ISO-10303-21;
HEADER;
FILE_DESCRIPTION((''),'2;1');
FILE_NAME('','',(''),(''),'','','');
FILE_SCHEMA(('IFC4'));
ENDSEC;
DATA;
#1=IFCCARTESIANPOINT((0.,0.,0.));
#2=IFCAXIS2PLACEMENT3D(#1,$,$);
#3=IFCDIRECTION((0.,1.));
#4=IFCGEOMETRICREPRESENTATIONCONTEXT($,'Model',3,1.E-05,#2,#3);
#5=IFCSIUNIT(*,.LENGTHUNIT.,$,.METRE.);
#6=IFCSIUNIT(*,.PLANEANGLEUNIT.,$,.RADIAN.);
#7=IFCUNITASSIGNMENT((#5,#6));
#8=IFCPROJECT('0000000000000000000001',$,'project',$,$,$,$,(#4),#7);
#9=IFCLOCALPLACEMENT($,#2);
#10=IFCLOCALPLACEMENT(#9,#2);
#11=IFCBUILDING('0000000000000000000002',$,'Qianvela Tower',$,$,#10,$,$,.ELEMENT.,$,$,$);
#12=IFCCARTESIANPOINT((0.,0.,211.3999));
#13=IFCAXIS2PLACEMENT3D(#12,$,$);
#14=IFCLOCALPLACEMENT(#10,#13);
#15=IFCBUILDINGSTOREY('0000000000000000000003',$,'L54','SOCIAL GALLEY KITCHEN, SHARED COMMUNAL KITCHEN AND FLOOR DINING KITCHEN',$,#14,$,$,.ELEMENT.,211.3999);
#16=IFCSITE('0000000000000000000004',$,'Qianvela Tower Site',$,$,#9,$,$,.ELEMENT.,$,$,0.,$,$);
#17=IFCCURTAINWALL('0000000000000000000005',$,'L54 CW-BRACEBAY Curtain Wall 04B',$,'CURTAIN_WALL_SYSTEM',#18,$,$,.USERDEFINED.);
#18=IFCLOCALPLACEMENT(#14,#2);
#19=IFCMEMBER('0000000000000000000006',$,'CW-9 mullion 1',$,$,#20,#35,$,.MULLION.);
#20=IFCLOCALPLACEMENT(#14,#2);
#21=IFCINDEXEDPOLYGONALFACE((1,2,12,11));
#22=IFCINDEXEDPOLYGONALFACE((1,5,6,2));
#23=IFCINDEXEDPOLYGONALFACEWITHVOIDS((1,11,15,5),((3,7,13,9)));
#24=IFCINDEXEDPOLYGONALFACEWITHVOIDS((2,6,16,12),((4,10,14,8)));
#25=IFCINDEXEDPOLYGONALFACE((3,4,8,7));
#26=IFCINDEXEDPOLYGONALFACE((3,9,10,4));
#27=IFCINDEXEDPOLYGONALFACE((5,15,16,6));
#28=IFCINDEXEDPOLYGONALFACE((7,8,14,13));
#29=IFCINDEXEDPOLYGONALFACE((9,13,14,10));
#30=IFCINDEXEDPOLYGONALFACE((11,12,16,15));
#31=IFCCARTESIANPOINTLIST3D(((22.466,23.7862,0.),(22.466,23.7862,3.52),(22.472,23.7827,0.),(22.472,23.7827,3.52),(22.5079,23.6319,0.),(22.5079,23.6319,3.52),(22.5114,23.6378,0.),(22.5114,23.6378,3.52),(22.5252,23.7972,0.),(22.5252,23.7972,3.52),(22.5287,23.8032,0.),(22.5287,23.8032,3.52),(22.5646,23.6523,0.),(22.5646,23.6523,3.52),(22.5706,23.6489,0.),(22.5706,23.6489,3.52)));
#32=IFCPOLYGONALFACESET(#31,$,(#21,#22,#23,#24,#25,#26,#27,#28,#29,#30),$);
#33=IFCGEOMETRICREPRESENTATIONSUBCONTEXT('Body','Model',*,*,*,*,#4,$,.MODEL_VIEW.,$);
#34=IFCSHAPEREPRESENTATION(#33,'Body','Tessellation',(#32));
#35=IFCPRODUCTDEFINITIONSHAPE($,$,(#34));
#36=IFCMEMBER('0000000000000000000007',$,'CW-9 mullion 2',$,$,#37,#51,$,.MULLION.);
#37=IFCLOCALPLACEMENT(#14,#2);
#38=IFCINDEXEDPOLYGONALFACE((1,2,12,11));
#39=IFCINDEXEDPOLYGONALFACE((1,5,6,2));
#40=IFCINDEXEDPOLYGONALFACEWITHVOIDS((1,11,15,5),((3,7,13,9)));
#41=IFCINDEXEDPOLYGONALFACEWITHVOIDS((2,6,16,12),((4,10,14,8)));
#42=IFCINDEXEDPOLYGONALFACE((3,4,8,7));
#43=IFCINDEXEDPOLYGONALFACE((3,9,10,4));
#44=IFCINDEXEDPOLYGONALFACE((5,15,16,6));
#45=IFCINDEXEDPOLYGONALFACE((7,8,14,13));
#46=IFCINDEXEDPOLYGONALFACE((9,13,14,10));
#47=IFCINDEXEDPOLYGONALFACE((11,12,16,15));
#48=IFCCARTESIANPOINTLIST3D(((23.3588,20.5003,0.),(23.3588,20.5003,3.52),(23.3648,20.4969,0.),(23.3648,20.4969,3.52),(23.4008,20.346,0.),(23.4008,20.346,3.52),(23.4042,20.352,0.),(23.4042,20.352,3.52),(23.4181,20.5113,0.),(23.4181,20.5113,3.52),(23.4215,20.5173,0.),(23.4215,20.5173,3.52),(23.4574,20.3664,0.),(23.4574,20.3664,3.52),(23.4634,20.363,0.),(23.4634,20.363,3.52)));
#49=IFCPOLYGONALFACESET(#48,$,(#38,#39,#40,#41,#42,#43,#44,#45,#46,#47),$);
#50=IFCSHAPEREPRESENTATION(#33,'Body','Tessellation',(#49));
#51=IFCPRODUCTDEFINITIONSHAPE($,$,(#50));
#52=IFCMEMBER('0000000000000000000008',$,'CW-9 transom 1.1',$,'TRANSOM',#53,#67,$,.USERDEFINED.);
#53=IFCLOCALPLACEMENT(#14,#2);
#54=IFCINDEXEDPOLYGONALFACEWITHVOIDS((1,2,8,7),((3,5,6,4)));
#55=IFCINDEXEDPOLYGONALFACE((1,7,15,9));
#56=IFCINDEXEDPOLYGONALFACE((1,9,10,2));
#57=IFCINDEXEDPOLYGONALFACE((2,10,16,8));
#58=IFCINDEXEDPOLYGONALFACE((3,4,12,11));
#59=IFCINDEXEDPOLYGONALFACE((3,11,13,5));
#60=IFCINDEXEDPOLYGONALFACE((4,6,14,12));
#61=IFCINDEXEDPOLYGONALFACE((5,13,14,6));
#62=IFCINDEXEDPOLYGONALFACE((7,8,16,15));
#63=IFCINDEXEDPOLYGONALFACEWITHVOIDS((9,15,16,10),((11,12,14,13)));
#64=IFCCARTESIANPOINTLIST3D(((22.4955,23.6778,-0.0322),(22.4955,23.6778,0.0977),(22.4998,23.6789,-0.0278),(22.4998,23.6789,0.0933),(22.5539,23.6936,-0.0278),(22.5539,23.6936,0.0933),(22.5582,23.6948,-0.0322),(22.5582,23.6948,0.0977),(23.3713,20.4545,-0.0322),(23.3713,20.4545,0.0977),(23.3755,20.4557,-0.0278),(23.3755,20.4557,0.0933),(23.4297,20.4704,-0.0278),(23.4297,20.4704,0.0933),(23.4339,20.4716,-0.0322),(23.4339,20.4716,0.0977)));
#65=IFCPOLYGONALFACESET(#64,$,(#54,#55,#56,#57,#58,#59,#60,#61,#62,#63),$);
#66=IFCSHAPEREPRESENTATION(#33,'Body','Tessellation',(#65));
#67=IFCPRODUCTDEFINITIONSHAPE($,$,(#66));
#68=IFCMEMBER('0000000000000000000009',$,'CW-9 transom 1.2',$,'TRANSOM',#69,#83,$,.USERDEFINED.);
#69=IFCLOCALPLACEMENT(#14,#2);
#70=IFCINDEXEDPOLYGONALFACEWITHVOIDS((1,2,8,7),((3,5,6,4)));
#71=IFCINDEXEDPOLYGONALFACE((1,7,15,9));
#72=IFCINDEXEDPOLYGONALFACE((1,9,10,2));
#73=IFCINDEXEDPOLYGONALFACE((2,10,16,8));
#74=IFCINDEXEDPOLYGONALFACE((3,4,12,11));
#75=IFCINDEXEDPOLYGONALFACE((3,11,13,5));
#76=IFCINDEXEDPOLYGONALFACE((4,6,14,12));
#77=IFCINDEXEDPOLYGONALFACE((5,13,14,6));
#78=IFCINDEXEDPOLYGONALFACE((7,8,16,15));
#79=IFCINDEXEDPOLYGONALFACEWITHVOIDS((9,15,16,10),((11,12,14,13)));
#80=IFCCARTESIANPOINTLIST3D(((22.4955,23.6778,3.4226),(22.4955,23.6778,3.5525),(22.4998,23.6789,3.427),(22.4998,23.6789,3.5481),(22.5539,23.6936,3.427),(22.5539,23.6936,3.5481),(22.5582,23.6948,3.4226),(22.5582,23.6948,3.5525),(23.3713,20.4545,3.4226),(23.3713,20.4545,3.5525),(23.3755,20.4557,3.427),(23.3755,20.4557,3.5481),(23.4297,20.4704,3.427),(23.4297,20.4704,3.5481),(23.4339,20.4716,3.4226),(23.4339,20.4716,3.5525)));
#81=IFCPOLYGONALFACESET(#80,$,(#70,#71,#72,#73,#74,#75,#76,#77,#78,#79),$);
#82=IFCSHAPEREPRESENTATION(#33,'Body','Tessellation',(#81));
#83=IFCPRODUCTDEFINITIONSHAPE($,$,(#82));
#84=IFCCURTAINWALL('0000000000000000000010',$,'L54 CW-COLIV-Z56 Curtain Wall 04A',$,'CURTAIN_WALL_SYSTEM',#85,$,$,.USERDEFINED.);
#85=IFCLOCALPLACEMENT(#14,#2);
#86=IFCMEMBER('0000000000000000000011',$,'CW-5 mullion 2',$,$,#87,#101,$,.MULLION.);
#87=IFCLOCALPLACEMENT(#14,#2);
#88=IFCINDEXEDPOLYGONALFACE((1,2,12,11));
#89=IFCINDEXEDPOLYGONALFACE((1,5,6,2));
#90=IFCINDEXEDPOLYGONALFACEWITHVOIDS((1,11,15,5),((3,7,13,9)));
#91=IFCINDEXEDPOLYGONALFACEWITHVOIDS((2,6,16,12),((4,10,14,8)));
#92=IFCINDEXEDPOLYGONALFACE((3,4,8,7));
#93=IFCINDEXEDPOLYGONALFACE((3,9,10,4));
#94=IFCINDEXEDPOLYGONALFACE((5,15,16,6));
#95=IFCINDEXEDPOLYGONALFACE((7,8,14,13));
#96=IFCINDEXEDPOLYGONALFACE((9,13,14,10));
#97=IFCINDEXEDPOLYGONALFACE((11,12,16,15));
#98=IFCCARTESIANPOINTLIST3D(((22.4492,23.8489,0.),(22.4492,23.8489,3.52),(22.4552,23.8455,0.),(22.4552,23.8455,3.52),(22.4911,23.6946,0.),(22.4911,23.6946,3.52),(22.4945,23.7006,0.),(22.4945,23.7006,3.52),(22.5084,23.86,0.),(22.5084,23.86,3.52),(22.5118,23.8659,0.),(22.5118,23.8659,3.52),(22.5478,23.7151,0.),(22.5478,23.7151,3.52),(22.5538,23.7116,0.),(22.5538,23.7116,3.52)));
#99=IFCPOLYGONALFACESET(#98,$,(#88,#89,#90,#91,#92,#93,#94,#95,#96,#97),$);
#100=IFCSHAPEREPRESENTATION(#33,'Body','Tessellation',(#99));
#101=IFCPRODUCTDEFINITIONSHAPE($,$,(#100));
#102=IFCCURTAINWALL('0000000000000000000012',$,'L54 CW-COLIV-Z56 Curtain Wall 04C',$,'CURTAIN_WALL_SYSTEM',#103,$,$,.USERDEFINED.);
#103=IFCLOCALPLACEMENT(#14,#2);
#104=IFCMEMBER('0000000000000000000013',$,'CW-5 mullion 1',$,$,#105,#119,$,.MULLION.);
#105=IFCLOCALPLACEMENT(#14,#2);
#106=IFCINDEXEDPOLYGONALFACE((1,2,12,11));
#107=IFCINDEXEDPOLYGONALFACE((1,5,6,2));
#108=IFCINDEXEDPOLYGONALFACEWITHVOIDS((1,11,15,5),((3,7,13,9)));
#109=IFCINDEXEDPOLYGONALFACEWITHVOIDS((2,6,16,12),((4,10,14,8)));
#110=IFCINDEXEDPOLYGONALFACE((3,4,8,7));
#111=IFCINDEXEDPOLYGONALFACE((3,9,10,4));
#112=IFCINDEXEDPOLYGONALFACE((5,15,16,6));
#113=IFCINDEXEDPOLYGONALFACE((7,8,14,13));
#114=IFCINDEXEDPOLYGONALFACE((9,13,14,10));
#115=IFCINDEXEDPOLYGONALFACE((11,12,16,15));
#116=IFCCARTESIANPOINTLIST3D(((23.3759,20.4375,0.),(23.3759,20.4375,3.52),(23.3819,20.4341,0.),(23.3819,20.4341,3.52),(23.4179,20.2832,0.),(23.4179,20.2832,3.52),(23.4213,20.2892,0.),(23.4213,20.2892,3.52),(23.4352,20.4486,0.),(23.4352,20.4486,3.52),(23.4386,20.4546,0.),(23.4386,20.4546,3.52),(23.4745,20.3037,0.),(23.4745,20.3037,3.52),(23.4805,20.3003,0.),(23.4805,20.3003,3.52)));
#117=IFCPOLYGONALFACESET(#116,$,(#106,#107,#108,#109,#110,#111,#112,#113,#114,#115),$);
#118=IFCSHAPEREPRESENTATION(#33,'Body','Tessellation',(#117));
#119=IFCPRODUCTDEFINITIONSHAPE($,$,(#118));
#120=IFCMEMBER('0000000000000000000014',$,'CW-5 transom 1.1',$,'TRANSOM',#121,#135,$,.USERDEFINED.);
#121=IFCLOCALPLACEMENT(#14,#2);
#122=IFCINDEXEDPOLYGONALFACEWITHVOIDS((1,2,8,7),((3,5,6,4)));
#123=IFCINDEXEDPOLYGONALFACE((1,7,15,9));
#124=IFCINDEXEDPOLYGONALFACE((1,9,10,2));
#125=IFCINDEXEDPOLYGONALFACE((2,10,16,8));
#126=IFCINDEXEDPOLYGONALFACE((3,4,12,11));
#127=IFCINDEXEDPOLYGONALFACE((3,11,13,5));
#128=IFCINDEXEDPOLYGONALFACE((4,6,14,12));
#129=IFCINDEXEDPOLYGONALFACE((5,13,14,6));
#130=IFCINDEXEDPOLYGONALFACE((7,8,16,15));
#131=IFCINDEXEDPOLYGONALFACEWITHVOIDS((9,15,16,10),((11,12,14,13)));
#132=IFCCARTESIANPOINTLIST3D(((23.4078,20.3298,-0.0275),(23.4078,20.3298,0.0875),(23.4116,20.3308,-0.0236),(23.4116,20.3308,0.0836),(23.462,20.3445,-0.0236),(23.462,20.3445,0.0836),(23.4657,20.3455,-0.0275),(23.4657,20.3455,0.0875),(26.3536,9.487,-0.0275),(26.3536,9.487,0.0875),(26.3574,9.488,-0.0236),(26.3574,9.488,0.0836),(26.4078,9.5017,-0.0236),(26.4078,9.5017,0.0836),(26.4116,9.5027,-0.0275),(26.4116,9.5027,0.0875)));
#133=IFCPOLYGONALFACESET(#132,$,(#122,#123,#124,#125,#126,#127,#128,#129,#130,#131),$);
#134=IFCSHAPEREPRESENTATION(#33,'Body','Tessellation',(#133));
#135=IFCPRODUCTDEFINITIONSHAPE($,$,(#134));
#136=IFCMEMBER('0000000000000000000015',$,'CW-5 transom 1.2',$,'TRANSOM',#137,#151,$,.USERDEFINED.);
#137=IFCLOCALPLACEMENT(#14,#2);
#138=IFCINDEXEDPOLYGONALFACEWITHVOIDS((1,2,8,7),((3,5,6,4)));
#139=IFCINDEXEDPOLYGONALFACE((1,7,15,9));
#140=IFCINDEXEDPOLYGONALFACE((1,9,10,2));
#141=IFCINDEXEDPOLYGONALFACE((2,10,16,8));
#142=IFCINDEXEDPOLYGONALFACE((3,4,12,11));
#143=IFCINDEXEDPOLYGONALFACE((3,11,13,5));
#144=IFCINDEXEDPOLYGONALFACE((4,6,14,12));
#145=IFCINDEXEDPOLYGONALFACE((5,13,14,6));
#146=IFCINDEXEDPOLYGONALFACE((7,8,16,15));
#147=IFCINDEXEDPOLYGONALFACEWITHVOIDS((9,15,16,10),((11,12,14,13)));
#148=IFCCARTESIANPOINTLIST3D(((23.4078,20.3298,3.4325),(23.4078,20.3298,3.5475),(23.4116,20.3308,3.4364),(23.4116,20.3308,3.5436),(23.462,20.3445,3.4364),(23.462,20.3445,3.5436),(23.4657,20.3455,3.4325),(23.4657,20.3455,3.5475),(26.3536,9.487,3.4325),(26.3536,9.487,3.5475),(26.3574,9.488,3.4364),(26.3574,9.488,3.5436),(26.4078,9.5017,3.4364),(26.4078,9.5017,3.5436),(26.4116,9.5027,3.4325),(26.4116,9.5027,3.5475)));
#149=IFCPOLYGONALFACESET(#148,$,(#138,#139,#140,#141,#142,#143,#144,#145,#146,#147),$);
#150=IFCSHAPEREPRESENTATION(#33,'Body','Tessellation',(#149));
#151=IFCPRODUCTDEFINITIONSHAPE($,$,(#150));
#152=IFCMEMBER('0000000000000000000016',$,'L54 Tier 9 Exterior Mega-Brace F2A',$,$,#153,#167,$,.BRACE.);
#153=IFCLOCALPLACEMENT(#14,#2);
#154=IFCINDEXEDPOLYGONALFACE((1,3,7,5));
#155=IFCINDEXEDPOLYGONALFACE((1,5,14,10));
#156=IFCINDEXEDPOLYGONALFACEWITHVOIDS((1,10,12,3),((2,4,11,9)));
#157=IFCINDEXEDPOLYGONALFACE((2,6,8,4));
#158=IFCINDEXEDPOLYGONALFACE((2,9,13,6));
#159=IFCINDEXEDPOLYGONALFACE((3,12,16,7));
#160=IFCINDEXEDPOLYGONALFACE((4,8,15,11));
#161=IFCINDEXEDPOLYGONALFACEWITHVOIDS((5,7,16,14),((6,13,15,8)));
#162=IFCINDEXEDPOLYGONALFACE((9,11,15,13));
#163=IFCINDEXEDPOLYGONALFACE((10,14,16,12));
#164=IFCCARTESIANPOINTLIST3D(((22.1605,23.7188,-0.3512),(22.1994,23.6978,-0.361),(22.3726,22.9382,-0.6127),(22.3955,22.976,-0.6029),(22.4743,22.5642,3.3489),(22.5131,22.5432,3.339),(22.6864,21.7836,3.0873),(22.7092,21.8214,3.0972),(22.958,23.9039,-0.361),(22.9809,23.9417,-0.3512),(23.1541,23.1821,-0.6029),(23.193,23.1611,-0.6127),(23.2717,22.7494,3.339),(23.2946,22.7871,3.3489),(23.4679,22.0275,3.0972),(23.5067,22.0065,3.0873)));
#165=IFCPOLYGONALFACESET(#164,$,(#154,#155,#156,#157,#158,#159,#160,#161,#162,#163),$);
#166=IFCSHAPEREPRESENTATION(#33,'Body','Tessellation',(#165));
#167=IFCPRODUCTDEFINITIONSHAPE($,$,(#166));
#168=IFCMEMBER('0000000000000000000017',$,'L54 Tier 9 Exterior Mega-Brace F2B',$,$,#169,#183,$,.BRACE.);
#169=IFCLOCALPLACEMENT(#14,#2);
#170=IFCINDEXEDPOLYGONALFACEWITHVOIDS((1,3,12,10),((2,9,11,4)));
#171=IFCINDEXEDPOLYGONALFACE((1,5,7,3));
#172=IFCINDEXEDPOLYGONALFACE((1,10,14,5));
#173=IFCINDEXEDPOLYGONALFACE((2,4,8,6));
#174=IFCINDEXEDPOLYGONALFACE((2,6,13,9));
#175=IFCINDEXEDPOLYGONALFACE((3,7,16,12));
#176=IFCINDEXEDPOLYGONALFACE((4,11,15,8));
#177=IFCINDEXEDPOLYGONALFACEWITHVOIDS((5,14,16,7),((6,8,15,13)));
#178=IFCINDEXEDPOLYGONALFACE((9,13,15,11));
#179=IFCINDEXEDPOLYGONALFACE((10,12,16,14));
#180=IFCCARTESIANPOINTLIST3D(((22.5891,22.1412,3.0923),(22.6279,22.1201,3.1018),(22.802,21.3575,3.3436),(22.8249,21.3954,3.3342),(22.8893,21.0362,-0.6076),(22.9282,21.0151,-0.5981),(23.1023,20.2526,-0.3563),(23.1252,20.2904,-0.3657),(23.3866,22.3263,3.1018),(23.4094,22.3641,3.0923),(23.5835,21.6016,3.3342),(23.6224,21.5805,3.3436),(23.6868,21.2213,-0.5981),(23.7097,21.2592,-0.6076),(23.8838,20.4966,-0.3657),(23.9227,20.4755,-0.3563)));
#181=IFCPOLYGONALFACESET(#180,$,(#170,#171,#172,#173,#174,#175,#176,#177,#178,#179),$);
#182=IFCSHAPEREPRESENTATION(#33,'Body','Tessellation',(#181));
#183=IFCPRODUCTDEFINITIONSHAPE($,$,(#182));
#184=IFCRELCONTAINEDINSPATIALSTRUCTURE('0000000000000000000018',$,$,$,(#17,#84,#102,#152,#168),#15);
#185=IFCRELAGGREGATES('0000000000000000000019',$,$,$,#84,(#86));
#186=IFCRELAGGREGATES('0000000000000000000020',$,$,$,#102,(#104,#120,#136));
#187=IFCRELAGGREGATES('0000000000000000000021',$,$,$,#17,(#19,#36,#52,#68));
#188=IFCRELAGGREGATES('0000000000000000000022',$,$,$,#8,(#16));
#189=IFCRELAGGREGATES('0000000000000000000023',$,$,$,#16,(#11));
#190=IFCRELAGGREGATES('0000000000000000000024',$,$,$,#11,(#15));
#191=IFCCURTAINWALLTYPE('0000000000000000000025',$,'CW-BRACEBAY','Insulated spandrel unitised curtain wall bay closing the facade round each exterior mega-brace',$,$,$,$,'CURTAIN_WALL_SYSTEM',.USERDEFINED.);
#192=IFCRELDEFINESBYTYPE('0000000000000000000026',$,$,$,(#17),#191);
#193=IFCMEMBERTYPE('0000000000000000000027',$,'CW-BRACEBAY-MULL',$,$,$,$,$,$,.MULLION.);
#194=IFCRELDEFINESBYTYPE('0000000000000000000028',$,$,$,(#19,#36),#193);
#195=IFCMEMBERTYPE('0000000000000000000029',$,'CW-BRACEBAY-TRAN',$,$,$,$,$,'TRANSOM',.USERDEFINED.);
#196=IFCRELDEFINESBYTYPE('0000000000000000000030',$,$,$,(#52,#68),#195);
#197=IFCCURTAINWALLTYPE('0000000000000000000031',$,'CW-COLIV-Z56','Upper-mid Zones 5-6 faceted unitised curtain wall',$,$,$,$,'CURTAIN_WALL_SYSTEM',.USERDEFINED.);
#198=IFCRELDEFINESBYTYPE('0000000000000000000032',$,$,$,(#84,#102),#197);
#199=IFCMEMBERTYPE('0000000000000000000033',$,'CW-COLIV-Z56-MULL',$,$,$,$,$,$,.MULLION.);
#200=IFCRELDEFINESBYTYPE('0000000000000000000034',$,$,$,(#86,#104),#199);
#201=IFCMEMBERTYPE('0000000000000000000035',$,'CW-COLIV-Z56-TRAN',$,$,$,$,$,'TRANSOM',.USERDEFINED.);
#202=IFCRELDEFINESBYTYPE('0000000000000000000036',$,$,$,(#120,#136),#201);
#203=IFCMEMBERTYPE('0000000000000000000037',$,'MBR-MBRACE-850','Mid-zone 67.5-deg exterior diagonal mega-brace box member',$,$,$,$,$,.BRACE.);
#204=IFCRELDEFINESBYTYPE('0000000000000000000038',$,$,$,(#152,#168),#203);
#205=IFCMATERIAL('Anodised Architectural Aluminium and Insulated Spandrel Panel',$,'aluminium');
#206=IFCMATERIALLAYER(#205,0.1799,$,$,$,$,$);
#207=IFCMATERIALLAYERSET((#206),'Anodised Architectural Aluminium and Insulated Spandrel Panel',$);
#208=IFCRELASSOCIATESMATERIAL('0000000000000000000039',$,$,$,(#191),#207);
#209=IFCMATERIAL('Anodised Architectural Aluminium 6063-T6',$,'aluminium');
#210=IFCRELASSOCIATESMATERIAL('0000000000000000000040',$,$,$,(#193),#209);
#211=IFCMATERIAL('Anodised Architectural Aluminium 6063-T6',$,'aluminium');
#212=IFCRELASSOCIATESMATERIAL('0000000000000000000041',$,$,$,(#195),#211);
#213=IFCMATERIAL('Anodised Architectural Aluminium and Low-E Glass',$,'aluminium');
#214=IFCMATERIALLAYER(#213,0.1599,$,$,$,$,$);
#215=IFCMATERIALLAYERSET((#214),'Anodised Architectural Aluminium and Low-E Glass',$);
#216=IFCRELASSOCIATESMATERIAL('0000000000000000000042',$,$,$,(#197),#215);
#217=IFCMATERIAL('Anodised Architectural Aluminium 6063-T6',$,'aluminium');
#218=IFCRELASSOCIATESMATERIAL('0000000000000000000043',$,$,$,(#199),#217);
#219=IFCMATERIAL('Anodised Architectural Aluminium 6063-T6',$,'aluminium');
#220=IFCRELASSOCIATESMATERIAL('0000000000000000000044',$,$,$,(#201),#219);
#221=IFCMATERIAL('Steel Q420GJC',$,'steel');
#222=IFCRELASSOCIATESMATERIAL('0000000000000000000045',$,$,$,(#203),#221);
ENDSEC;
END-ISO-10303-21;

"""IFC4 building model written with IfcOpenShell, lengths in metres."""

from ifc_helpers import new_model, si_unit, direction, frame, origin, origin_2d, place, context, subcontext, project, spatial, hollow_rectangle, extrude, material, layer, layer_set, material_profile, profile_set, type_object, element, aggregate, save


model = new_model("IFC4")

# Units and contexts
model_context = context("Model", 3, precision=1e-05, world=origin(), true_north=direction((0.0, 1.0)))
body_context = subcontext(model_context, "Body", "Model", "MODEL_VIEW")
ifc_project = project(units=[si_unit("LENGTHUNIT", "METRE"), si_unit("PLANEANGLEUNIT", "RADIAN")], contexts=[model_context])

# Site, building, storey
site_placement = place(None, origin())
site = spatial("IfcSite", under=ifc_project, at=site_placement, Name="Qianvela Tower Site", CompositionType="ELEMENT", RefElevation=0.0)
building_placement = place(site_placement, origin())
building = spatial("IfcBuilding", under=site, at=building_placement, Name="Qianvela Tower", CompositionType="ELEMENT")
storey_placement = place(building_placement, frame((0.0, 0.0, 211.3999)))
storey = spatial("IfcBuildingStorey", under=building, at=storey_placement, Name="L54", Description="SOCIAL GALLEY KITCHEN, SHARED COMMUNAL KITCHEN AND FLOOR DINING KITCHEN", CompositionType="ELEMENT", Elevation=211.3999)

# Curtain wall, members
ifc_material_1 = material(Name="Anodised Architectural Aluminium and Insulated Spandrel Panel", Category="aluminium")
ifc_layer_1 = layer(ifc_material_1, 0.1799)
ifc_layer_set_1 = layer_set([ifc_layer_1], Name="Anodised Architectural Aluminium and Insulated Spandrel Panel")
curtain_wall_type_1 = type_object("IfcCurtainWallType", Name="CW-BRACEBAY", Description="Insulated spandrel unitised curtain wall bay closing the facade round each exterior mega-brace", ElementType="CURTAIN_WALL_SYSTEM", PredefinedType="USERDEFINED", material=ifc_layer_set_1)
curtain_wall_1_placement = place(storey_placement, origin())
curtain_wall_1 = element("IfcCurtainWall", 1, at=curtain_wall_1_placement, inside=storey, type_object=curtain_wall_type_1, Name="L54 CW-BRACEBAY Curtain Wall 04B", ObjectType="CURTAIN_WALL_SYSTEM", PredefinedType="USERDEFINED")
ifc_material_2 = material(Name="Anodised Architectural Aluminium 6063-T6", Category="aluminium")
ifc_material_profile_1 = material_profile(ifc_material_2, hollow_rectangle(XDim=0.0649, YDim=0.1599, WallThickness=0.0049, at=origin_2d()), Name="ALU-MULL-65x160")
ifc_profile_set_1 = profile_set([ifc_material_profile_1], Name="Anodised Architectural Aluminium 6063-T6")
member_type_1 = type_object("IfcMemberType", Name="CW-BRACEBAY-MULL", PredefinedType="MULLION", material=ifc_profile_set_1)
member_1_placement = place(storey_placement, frame((22.5183, 23.7175, 0.0), z_axis=(0.0, 0.0, 1.0), x_axis=(0.965016, 0.262191, 0.0)))
member_1 = element("IfcMember", 2, at=member_1_placement, type_object=member_type_1, Name="CW-9 mullion 1", PredefinedType="MULLION", context=body_context, shape_type="SweptSolid", body=[
    extrude(hollow_rectangle(XDim=0.0649, YDim=0.1599, WallThickness=0.0049, at=origin_2d()), origin(), (0.0, 0.0, 1.0), 3.52),
])
member_2_placement = place(storey_placement, frame((23.4111, 20.4316, 0.0), z_axis=(0.0, 0.0, 1.0), x_axis=(0.965016, 0.262191, 0.0)))
member_2 = element("IfcMember", 3, at=member_2_placement, type_object=member_type_1, Name="CW-9 mullion 2", PredefinedType="MULLION", context=body_context, shape_type="SweptSolid", body=[
    extrude(hollow_rectangle(XDim=0.0649, YDim=0.1599, WallThickness=0.0049, at=origin_2d()), origin(), (0.0, 0.0, 1.0), 3.52),
])
ifc_material_3 = material(Name="Anodised Architectural Aluminium 6063-T6", Category="aluminium")
ifc_material_profile_2 = material_profile(ifc_material_3, hollow_rectangle(XDim=0.0649, YDim=0.1299, WallThickness=0.0044, at=origin_2d()), Name="ALU-TRAN-65x130")
ifc_profile_set_2 = profile_set([ifc_material_profile_2], Name="Anodised Architectural Aluminium 6063-T6")
member_type_2 = type_object("IfcMemberType", Name="CW-BRACEBAY-TRAN", ElementType="TRANSOM", PredefinedType="USERDEFINED", material=ifc_profile_set_2)
member_3_placement = place(storey_placement, frame((22.5269, 23.6863, 0.0327), z_axis=(0.262196, -0.965015, 0.0), x_axis=(0.965015, 0.262196, 0.0)))
member_3 = element("IfcMember", 4, at=member_3_placement, type_object=member_type_2, Name="CW-9 transom 1.1", ObjectType="TRANSOM", PredefinedType="USERDEFINED", context=body_context, shape_type="SweptSolid", body=[
    extrude(hollow_rectangle(XDim=0.0649, YDim=0.1299, WallThickness=0.0044, at=origin_2d()), origin(), (0.0, 0.0, 1.0), 3.3401),
])
member_4_placement = place(storey_placement, frame((22.5269, 23.6863, 3.4875), z_axis=(0.262196, -0.965015, 0.0), x_axis=(0.965015, 0.262196, 0.0)))
member_4 = element("IfcMember", 5, at=member_4_placement, type_object=member_type_2, Name="CW-9 transom 1.2", ObjectType="TRANSOM", PredefinedType="USERDEFINED", context=body_context, shape_type="SweptSolid", body=[
    extrude(hollow_rectangle(XDim=0.0649, YDim=0.1299, WallThickness=0.0044, at=origin_2d()), origin(), (0.0, 0.0, 1.0), 3.3401),
])

# Curtain wall, member
ifc_material_4 = material(Name="Anodised Architectural Aluminium and Low-E Glass", Category="aluminium")
ifc_layer_2 = layer(ifc_material_4, 0.1599)
ifc_layer_set_2 = layer_set([ifc_layer_2], Name="Anodised Architectural Aluminium and Low-E Glass")
curtain_wall_type_2 = type_object("IfcCurtainWallType", Name="CW-COLIV-Z56", Description="Upper-mid Zones 5-6 faceted unitised curtain wall", ElementType="CURTAIN_WALL_SYSTEM", PredefinedType="USERDEFINED", material=ifc_layer_set_2)
curtain_wall_2_placement = place(storey_placement, origin())
curtain_wall_2 = element("IfcCurtainWall", 6, at=curtain_wall_2_placement, inside=storey, type_object=curtain_wall_type_2, Name="L54 CW-COLIV-Z56 Curtain Wall 04A", ObjectType="CURTAIN_WALL_SYSTEM", PredefinedType="USERDEFINED")
ifc_material_5 = material(Name="Anodised Architectural Aluminium 6063-T6", Category="aluminium")
ifc_material_profile_3 = material_profile(ifc_material_5, hollow_rectangle(XDim=0.0649, YDim=0.1599, WallThickness=0.0049, at=origin_2d()), Name="ALU-MULL-65x160")
ifc_profile_set_3 = profile_set([ifc_material_profile_3], Name="Anodised Architectural Aluminium 6063-T6")
member_type_3 = type_object("IfcMemberType", Name="CW-COLIV-Z56-MULL", PredefinedType="MULLION", material=ifc_profile_set_3)
member_5_placement = place(storey_placement, frame((22.5015, 23.7803, 0.0), z_axis=(0.0, 0.0, 1.0), x_axis=(0.965016, 0.262193, 0.0)))
member_5 = element("IfcMember", 7, at=member_5_placement, type_object=member_type_3, Name="CW-5 mullion 2", PredefinedType="MULLION", context=body_context, shape_type="SweptSolid", body=[
    extrude(hollow_rectangle(XDim=0.0649, YDim=0.1599, WallThickness=0.0049, at=origin_2d()), origin(), (0.0, 0.0, 1.0), 3.52),
])
aggregate(curtain_wall_2, [member_5])

# Curtain wall, members
curtain_wall_3_placement = place(storey_placement, origin())
curtain_wall_3 = element("IfcCurtainWall", 8, at=curtain_wall_3_placement, inside=storey, type_object=curtain_wall_type_2, Name="L54 CW-COLIV-Z56 Curtain Wall 04C", ObjectType="CURTAIN_WALL_SYSTEM", PredefinedType="USERDEFINED")
member_6_placement = place(storey_placement, frame((23.4282, 20.3689, 0.0), z_axis=(0.0, 0.0, 1.0), x_axis=(0.965016, 0.262192, 0.0)))
member_6 = element("IfcMember", 9, at=member_6_placement, type_object=member_type_3, Name="CW-5 mullion 1", PredefinedType="MULLION", context=body_context, shape_type="SweptSolid", body=[
    extrude(hollow_rectangle(XDim=0.0649, YDim=0.1599, WallThickness=0.0049, at=origin_2d()), origin(), (0.0, 0.0, 1.0), 3.52),
])
ifc_material_6 = material(Name="Anodised Architectural Aluminium 6063-T6", Category="aluminium")
ifc_material_profile_4 = material_profile(ifc_material_6, hollow_rectangle(XDim=0.0601, YDim=0.115, WallThickness=0.0039, at=origin_2d()), Name="ALU-TRAN-60x115")
ifc_profile_set_4 = profile_set([ifc_material_profile_4], Name="Anodised Architectural Aluminium 6063-T6")
member_type_4 = type_object("IfcMemberType", Name="CW-COLIV-Z56-TRAN", ElementType="TRANSOM", PredefinedType="USERDEFINED", material=ifc_profile_set_4)
member_7_placement = place(storey_placement, frame((23.4368, 20.3376, 0.03), z_axis=(0.26218, -0.965019, 0.0), x_axis=(0.965019, 0.26218, 0.0)))
member_7 = element("IfcMember", 10, at=member_7_placement, type_object=member_type_4, Name="CW-5 transom 1.1", ObjectType="TRANSOM", PredefinedType="USERDEFINED", context=body_context, shape_type="SweptSolid", body=[
    extrude(hollow_rectangle(XDim=0.0601, YDim=0.115, WallThickness=0.0039, at=origin_2d()), origin(), (0.0, 0.0, 1.0), 11.2358),
])
member_8_placement = place(storey_placement, frame((23.4368, 20.3376, 3.49), z_axis=(0.26218, -0.965019, 0.0), x_axis=(0.965019, 0.26218, 0.0)))
member_8 = element("IfcMember", 11, at=member_8_placement, type_object=member_type_4, Name="CW-5 transom 1.2", ObjectType="TRANSOM", PredefinedType="USERDEFINED", context=body_context, shape_type="SweptSolid", body=[
    extrude(hollow_rectangle(XDim=0.0601, YDim=0.115, WallThickness=0.0039, at=origin_2d()), origin(), (0.0, 0.0, 1.0), 11.2358),
])
aggregate(curtain_wall_3, [member_6, member_7, member_8])

# Members
ifc_material_7 = material(Name="Steel Q420GJC", Category="steel")
ifc_material_profile_5 = material_profile(ifc_material_7, hollow_rectangle(XDim=0.8501, YDim=0.8501, WallThickness=0.032, at=origin_2d()), Name="MBOX-850x850x32")
ifc_profile_set_5 = profile_set([ifc_material_profile_5], Name="Steel Q420GJC")
member_type_5 = type_object("IfcMemberType", Name="MBR-MBRACE-850", Description="Mid-zone 67.5-deg exterior diagonal mega-brace box member", PredefinedType="BRACE", material=ifc_profile_set_5)
member_9_placement = place(storey_placement, frame((22.6768, 23.4399, -0.4819), z_axis=(0.080678, -0.296906, 0.951493), x_axis=(0.965008, 0.262219, 0.0)))
element("IfcMember", 12, at=member_9_placement, inside=storey, type_object=member_type_5, Name="L54 Tier 9 Exterior Mega-Brace F2A", PredefinedType="BRACE", context=body_context, shape_type="SweptSolid", body=[
    extrude(hollow_rectangle(XDim=0.8501, YDim=0.8501, WallThickness=0.032, at=origin_2d()), origin(), (0.0, 0.0, 1.0), 3.8887),
])
member_10_placement = place(storey_placement, frame((23.406, 20.7559, -0.4819), z_axis=(-0.077533, 0.285297, 0.955298), x_axis=(-0.965, -0.262251, 0.0)))
element("IfcMember", 13, at=member_10_placement, inside=storey, type_object=member_type_5, Name="L54 Tier 9 Exterior Mega-Brace F2B", PredefinedType="BRACE", context=body_context, shape_type="SweptSolid", body=[
    extrude(hollow_rectangle(XDim=0.8501, YDim=0.8501, WallThickness=0.032, at=origin_2d()), origin(), (0.0, 0.0, 1.0), 3.873),
])

aggregate(curtain_wall_1, [member_1, member_2, member_3, member_4])

save(model, "model.ifc")
